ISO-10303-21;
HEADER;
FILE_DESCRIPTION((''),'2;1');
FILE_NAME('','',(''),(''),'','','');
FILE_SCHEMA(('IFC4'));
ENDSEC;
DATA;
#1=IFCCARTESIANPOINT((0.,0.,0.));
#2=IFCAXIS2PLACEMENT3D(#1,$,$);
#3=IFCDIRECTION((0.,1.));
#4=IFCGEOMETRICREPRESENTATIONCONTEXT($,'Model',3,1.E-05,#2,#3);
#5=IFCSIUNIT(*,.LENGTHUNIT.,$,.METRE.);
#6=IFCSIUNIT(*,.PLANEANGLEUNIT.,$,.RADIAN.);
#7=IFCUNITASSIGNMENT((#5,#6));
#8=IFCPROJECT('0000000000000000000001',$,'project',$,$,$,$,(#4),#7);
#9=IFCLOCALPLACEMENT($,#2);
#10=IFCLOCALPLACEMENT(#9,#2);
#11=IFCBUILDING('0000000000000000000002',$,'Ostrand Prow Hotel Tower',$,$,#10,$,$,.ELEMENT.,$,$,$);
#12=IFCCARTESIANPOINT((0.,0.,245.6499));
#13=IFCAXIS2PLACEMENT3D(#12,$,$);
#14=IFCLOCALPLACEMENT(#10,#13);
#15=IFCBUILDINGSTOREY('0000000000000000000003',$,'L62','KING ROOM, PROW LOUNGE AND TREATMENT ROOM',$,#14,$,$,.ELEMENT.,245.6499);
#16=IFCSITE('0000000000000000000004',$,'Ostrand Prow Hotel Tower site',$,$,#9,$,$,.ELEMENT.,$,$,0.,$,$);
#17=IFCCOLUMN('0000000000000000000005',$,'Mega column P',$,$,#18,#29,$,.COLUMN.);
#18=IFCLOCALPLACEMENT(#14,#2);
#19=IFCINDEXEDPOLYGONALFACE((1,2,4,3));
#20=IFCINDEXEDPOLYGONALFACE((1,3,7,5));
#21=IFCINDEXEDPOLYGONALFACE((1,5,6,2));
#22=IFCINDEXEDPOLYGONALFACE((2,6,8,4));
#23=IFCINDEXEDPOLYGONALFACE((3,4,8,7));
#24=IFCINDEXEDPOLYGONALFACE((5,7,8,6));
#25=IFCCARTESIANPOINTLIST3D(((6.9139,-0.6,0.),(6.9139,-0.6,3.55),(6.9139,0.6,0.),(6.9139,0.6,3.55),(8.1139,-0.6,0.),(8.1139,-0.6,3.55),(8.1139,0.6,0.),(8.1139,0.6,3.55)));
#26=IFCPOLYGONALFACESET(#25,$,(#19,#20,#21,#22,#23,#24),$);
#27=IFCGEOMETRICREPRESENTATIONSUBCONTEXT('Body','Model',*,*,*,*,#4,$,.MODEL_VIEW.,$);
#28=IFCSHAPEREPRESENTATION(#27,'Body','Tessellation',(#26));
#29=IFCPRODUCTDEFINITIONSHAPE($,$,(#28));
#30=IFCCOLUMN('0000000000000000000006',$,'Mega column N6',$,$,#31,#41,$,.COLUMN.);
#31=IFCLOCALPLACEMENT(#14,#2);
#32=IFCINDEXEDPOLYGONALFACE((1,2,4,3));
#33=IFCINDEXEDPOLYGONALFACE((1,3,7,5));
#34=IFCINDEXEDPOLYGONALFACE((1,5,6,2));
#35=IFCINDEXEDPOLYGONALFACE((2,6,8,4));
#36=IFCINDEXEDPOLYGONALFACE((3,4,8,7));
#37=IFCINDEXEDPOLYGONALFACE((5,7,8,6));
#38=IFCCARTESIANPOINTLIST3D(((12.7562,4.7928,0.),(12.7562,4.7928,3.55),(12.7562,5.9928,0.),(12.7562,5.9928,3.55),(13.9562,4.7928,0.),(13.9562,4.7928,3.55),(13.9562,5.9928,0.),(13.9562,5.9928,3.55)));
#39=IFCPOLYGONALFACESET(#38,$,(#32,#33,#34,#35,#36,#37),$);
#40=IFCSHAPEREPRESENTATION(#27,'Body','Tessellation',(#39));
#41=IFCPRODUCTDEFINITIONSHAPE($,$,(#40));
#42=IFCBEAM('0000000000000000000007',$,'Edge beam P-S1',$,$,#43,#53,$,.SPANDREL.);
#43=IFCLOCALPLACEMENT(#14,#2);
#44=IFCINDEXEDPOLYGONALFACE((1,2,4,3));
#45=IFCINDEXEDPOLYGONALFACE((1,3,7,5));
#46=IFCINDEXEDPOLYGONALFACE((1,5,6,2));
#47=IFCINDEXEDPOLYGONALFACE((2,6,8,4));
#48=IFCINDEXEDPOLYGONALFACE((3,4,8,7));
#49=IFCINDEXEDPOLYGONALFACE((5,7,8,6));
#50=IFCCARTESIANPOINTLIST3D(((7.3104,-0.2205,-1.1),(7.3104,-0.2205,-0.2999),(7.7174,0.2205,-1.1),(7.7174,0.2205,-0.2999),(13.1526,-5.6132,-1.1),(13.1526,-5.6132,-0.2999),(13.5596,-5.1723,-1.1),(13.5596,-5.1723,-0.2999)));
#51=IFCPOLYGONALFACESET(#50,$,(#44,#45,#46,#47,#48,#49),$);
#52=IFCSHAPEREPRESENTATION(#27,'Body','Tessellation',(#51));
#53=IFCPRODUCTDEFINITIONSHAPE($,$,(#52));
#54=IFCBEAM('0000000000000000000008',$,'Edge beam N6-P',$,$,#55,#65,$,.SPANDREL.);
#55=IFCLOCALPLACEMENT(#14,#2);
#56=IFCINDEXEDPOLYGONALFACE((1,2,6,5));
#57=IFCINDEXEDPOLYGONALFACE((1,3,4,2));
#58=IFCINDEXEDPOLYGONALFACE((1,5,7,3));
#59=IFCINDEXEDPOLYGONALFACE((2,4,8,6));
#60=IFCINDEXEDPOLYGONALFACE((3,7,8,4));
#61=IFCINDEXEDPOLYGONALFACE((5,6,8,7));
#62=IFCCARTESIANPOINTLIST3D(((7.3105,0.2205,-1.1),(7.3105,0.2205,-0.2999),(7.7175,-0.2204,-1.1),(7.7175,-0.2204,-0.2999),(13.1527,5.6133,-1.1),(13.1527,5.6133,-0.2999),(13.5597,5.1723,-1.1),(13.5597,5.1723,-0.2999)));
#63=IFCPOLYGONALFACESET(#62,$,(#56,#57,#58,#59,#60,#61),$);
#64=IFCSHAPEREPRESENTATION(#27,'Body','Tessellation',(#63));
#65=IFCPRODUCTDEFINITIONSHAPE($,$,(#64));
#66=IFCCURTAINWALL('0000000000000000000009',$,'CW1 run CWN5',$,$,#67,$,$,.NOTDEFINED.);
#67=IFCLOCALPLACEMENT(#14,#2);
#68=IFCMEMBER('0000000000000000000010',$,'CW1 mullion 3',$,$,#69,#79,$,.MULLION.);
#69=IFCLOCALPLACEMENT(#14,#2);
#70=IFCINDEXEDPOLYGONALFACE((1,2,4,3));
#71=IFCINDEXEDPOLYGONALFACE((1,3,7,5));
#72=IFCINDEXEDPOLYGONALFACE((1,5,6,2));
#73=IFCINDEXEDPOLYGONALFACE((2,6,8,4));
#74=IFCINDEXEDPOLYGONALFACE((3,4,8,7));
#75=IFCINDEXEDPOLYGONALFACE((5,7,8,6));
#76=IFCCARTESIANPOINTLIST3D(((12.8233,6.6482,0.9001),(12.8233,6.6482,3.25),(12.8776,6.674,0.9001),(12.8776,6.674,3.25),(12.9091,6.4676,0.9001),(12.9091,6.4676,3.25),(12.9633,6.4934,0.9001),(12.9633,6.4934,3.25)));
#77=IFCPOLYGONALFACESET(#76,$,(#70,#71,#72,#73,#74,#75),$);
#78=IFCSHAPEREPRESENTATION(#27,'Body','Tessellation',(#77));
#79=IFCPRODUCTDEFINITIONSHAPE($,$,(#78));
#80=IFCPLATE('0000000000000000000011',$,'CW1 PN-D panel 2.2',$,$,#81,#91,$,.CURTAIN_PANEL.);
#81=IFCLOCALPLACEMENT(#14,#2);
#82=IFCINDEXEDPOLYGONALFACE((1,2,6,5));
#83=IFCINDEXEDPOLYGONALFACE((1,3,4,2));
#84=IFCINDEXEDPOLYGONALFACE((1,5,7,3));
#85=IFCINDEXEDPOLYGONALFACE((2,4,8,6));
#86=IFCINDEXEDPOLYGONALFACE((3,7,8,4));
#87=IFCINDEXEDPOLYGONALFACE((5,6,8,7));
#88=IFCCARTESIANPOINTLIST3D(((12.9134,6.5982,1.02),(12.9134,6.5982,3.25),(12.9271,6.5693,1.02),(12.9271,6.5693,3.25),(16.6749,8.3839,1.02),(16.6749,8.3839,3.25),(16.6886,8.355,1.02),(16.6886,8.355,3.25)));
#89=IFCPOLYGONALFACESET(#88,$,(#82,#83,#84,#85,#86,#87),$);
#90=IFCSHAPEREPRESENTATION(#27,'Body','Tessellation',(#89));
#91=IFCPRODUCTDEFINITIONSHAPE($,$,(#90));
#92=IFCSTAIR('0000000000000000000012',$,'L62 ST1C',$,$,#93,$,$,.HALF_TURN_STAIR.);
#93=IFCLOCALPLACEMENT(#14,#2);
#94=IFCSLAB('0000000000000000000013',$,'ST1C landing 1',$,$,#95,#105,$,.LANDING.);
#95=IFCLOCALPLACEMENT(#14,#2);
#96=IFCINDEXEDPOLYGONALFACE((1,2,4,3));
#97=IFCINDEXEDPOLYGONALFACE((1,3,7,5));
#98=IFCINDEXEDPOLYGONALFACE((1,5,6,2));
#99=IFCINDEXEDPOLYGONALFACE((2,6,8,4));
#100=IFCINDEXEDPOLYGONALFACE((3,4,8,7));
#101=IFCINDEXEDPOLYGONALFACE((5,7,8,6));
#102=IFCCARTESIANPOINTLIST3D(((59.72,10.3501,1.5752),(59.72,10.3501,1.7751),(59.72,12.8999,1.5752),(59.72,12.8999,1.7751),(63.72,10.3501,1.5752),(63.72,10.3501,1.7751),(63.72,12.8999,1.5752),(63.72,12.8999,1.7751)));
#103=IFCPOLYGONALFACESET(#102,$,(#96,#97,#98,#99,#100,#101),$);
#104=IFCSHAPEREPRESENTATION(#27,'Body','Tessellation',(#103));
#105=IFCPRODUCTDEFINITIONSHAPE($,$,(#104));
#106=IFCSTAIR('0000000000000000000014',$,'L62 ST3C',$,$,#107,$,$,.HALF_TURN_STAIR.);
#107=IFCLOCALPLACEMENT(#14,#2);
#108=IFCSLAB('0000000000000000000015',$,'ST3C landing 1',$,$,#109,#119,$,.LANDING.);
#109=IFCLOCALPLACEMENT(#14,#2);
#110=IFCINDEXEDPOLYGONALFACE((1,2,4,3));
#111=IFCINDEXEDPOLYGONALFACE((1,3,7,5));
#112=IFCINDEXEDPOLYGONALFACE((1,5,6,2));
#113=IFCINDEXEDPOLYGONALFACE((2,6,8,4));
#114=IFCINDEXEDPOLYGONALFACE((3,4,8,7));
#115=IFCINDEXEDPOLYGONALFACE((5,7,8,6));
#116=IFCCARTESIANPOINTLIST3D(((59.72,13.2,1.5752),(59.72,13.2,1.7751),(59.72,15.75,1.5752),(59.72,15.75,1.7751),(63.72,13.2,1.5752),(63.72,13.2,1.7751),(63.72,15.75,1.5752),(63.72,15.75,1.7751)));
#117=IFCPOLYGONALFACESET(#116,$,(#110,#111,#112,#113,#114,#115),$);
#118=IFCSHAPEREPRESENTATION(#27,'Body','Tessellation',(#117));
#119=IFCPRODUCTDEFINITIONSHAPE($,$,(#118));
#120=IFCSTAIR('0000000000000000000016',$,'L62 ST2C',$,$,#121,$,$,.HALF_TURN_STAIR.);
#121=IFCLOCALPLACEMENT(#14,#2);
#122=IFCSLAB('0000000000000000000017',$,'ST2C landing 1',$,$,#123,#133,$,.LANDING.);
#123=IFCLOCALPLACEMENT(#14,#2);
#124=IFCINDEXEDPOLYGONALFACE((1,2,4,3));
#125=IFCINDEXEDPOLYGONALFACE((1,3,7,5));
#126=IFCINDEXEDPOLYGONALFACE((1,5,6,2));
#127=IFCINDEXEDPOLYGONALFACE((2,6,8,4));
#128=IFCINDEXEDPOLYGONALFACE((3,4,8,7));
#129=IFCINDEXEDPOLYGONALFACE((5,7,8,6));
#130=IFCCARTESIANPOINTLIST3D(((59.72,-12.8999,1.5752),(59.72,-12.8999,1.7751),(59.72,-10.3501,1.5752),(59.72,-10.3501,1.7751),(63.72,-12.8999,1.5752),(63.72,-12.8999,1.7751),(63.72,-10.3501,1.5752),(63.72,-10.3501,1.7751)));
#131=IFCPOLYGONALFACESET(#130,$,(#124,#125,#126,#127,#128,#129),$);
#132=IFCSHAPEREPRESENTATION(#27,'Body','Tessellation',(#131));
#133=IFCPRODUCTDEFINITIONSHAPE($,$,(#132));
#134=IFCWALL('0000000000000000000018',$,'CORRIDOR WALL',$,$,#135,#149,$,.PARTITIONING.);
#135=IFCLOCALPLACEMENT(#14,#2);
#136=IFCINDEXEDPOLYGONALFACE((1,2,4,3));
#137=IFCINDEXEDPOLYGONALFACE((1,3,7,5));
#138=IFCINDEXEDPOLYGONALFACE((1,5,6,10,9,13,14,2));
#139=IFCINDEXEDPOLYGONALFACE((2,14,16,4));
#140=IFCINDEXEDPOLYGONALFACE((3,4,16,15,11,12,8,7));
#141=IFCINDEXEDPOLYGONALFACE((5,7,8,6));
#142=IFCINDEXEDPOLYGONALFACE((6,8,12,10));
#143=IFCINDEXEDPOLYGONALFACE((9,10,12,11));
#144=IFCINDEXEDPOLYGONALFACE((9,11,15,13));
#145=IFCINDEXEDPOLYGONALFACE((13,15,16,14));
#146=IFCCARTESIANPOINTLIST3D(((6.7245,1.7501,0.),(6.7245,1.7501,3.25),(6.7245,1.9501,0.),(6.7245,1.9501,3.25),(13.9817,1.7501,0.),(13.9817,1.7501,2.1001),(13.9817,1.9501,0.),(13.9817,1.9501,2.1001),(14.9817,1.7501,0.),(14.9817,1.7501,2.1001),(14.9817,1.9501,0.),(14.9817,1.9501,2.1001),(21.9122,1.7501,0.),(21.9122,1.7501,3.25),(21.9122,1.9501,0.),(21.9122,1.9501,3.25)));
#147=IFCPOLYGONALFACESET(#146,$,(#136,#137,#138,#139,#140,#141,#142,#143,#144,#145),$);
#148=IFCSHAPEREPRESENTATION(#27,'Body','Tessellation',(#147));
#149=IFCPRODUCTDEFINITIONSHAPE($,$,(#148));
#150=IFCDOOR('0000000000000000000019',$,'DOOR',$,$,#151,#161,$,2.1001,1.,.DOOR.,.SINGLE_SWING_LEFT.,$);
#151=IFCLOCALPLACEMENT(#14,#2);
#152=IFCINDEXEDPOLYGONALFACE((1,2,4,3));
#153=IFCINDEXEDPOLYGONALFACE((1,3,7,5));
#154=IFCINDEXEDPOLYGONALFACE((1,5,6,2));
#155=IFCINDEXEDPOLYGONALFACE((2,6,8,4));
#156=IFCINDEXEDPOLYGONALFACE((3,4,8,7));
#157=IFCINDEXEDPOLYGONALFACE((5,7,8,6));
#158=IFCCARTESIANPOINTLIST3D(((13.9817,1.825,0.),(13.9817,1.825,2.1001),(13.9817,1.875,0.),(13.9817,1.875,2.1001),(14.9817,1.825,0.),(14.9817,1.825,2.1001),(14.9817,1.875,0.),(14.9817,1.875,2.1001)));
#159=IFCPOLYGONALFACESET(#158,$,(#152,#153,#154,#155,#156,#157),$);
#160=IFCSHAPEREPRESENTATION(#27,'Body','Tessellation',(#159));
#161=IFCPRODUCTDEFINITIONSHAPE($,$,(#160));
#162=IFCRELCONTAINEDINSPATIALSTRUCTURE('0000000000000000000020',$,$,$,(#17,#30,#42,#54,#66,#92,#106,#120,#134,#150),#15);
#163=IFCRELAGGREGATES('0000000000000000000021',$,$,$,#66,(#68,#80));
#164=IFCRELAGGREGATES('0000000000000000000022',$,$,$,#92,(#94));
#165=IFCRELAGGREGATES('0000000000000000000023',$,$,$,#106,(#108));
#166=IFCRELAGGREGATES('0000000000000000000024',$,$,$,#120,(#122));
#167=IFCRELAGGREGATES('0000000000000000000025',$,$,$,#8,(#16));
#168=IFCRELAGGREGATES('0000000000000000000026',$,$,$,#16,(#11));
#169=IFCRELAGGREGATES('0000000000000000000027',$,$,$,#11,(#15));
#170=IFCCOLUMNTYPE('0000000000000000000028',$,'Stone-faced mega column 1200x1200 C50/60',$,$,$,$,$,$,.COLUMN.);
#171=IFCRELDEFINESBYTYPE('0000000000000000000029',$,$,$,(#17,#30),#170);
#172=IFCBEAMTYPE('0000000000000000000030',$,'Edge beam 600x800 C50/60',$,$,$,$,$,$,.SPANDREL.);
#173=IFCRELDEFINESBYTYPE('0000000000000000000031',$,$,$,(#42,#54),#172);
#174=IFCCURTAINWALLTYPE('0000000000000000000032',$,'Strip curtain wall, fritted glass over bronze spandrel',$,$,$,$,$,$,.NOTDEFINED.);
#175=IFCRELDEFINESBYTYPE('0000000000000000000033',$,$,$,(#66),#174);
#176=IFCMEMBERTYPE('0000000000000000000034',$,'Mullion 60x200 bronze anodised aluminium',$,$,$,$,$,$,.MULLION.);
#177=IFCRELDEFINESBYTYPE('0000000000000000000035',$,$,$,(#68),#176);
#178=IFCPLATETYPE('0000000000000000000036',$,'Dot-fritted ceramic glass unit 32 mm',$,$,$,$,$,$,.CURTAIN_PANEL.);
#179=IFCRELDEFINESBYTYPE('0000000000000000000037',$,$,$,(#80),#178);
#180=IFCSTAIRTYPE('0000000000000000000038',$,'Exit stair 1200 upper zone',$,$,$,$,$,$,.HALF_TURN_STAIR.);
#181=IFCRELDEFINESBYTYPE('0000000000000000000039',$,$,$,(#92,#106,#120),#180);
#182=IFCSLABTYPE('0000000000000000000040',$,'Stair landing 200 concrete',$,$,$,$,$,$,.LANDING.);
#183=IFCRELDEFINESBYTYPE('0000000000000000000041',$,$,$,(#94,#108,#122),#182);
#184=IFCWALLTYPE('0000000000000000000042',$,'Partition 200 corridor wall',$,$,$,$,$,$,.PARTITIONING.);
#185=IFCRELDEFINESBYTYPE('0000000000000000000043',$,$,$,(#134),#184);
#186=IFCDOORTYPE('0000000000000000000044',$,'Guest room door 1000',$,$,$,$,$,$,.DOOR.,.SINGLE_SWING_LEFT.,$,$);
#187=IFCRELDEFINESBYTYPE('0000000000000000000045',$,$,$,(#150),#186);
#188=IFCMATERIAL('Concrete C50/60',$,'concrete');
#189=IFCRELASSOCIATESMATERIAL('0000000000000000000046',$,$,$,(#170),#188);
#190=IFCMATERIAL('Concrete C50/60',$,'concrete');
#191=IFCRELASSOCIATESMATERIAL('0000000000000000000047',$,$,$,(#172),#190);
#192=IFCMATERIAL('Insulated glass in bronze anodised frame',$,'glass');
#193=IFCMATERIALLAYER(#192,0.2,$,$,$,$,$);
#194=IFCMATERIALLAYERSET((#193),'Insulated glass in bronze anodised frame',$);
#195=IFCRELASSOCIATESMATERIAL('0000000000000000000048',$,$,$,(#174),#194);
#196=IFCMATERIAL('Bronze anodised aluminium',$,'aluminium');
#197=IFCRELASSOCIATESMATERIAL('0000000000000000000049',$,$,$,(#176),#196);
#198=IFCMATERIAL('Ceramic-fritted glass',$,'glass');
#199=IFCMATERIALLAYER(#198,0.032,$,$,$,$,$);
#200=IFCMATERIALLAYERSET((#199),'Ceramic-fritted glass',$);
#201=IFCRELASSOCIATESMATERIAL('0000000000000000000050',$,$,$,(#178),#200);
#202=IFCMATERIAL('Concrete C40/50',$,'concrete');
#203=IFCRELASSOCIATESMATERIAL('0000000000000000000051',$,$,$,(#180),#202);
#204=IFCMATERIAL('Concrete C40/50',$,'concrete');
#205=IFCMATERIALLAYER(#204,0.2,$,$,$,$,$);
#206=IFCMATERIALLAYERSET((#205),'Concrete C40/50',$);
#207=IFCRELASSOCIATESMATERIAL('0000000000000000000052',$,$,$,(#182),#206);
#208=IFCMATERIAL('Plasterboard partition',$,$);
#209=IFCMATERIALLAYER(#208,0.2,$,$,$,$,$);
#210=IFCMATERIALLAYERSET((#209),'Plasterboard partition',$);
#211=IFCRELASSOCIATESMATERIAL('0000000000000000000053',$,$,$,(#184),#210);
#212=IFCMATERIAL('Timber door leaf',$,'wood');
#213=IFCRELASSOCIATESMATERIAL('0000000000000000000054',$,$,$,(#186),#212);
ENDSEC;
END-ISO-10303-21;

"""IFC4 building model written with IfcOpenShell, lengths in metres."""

from ifc_helpers import new_model, si_unit, direction, frame, frame_2d, origin, origin_2d, place, context, subcontext, project, spatial, polyline, rectangle, outline, extrude, material, layer, layer_set, material_profile, profile_set, type_object, element, fill, aggregate, save


model = new_model("IFC4")

# Units and contexts
model_context = context("Model", 3, precision=1e-05, world=origin(), true_north=direction((0.0, 1.0)))
body_context = subcontext(model_context, "Body", "Model", "MODEL_VIEW")
ifc_project = project(units=[si_unit("LENGTHUNIT", "METRE"), si_unit("PLANEANGLEUNIT", "RADIAN")], contexts=[model_context])

# Site, building, storey
site_placement = place(None, origin())
site = spatial("IfcSite", under=ifc_project, at=site_placement, Name="Ostrand Prow Hotel Tower site", CompositionType="ELEMENT", RefElevation=0.0)
building_placement = place(site_placement, origin())
building = spatial("IfcBuilding", under=site, at=building_placement, Name="Ostrand Prow Hotel Tower", CompositionType="ELEMENT")
storey_placement = place(building_placement, frame((0.0, 0.0, 245.6499)))
storey = spatial("IfcBuildingStorey", under=building, at=storey_placement, Name="L62", Description="KING ROOM, PROW LOUNGE AND TREATMENT ROOM", CompositionType="ELEMENT", Elevation=245.6499)

# Columns
ifc_material_1 = material(Name="Concrete C50/60", Category="concrete")
ifc_material_profile_1 = material_profile(ifc_material_1, rectangle(XDim=1.2, YDim=1.2, at=origin_2d()), Name="RC 1200x1200")
ifc_profile_set_1 = profile_set([ifc_material_profile_1], Name="Concrete C50/60")
column_type = type_object("IfcColumnType", Name="Stone-faced mega column 1200x1200 C50/60", PredefinedType="COLUMN", material=ifc_profile_set_1)
for number, where, z_axis, x_axis, name in (
    (1, (7.5139, 0.0, 0.0), (0.0, 0.0, 1.0), (1.0, 0.0, 0.0), "Mega column P"),
    (2, (13.3562, 5.3928, 0.0), (0.0, 0.0, 1.0), (1.0, 0.0, 0.0), "Mega column N6"),
):
    element("IfcColumn", number, at=place(storey_placement, frame(where, z_axis=z_axis, x_axis=x_axis)), inside=storey, type_object=column_type, Name=name, PredefinedType="COLUMN", context=body_context, shape_type="SweptSolid", body=[
        extrude(rectangle(XDim=1.2, YDim=1.2, at=origin_2d()), origin(), (0.0, 0.0, 1.0), 3.55),
    ])

# Beams
ifc_material_2 = material(Name="Concrete C50/60", Category="concrete")
ifc_material_profile_2 = material_profile(ifc_material_2, rectangle(XDim=0.6001, YDim=0.8, at=origin_2d()), Name="RC 600x800")
ifc_profile_set_2 = profile_set([ifc_material_profile_2], Name="Concrete C50/60")
beam_type = type_object("IfcBeamType", Name="Edge beam 600x800 C50/60", PredefinedType="SPANDREL", material=ifc_profile_set_2)
for number, where, z_axis, x_axis, name in (
    (3, (7.5139, 0.0, -0.7), (0.734807, -0.678276, 0.0), (0.678276, 0.734807, 0.0), "Edge beam P-S1"),
    (4, (13.3562, 5.3928, -0.7), (-0.734807, -0.678276, 0.0), (0.678276, -0.734807, 0.0), "Edge beam N6-P"),
):
    element("IfcBeam", number, at=place(storey_placement, frame(where, z_axis=z_axis, x_axis=x_axis)), inside=storey, type_object=beam_type, Name=name, PredefinedType="SPANDREL", context=body_context, shape_type="SweptSolid", body=[
        extrude(rectangle(XDim=0.6001, YDim=0.8, at=origin_2d()), origin(), (0.0, 0.0, 1.0), 7.9507),
    ])

# Curtain wall, member, plate
ifc_material_3 = material(Name="Insulated glass in bronze anodised frame", Category="glass")
ifc_layer_1 = layer(ifc_material_3, 0.2)
ifc_layer_set_1 = layer_set([ifc_layer_1], Name="Insulated glass in bronze anodised frame")
curtain_wall_type = type_object("IfcCurtainWallType", Name="Strip curtain wall, fritted glass over bronze spandrel", PredefinedType="NOTDEFINED", material=ifc_layer_set_1)
curtain_wall_placement = place(storey_placement, origin())
curtain_wall = element("IfcCurtainWall", 5, at=curtain_wall_placement, inside=storey, type_object=curtain_wall_type, Name="CW1 run CWN5", PredefinedType="NOTDEFINED")
ifc_material_4 = material(Name="Bronze anodised aluminium", Category="aluminium")
ifc_material_profile_3 = material_profile(ifc_material_4, rectangle(XDim=0.2, YDim=0.0601, at=origin_2d()), Name="Mullion 60x200 bronze anodised aluminium")
ifc_profile_set_3 = profile_set([ifc_material_profile_3], Name="Bronze anodised aluminium")
member_type = type_object("IfcMemberType", Name="Mullion 60x200 bronze anodised aluminium", PredefinedType="MULLION", material=ifc_profile_set_3)
member_placement = place(storey_placement, frame((12.8933, 6.5708, 0.9001), z_axis=(0.0, 0.0, 1.0), x_axis=(0.428861, -0.90337, 0.0)))
member = element("IfcMember", 6, at=member_placement, type_object=member_type, Name="CW1 mullion 3", PredefinedType="MULLION", context=body_context, shape_type="SweptSolid", body=[
    extrude(rectangle(XDim=0.2, YDim=0.0601, at=origin_2d()), origin(), (0.0, 0.0, 1.0), 2.3499),
])
ifc_material_5 = material(Name="Ceramic-fritted glass", Category="glass")
ifc_layer_2 = layer(ifc_material_5, 0.032)
ifc_layer_set_2 = layer_set([ifc_layer_2], Name="Ceramic-fritted glass")
plate_type = type_object("IfcPlateType", Name="Dot-fritted ceramic glass unit 32 mm", PredefinedType="CURTAIN_PANEL", material=ifc_layer_set_2)
plate_placement = place(storey_placement, frame((14.801, 7.4766, 1.02), z_axis=(0.0, 0.0, 1.0), x_axis=(-0.90337, -0.428861, 0.0)))
plate = element("IfcPlate", 7, at=plate_placement, type_object=plate_type, Name="CW1 PN-D panel 2.2", PredefinedType="CURTAIN_PANEL", context=body_context, shape_type="SweptSolid", body=[
    extrude(rectangle(XDim=4.1638, YDim=0.032, at=origin_2d()), origin(), (0.0, 0.0, 1.0), 2.23),
])
aggregate(curtain_wall, [member, plate])

# Stairs, slabs
ifc_material_6 = material(Name="Concrete C40/50", Category="concrete")
stair_type = type_object("IfcStairType", Name="Exit stair 1200 upper zone", PredefinedType="HALF_TURN_STAIR", material=ifc_material_6)
stair_1_placement = place(storey_placement, origin())
stair_1 = element("IfcStair", 8, at=stair_1_placement, inside=storey, type_object=stair_type, Name="L62 ST1C", PredefinedType="HALF_TURN_STAIR")
ifc_material_7 = material(Name="Concrete C40/50", Category="concrete")
ifc_layer_3 = layer(ifc_material_7, 0.2)
ifc_layer_set_3 = layer_set([ifc_layer_3], Name="Concrete C40/50")
slab_type = type_object("IfcSlabType", Name="Stair landing 200 concrete", PredefinedType="LANDING", material=ifc_layer_set_3)
slab_1_placement = place(storey_placement, frame((0.0, 0.0, 1.5752)))
slab_1 = element("IfcSlab", 9, at=slab_1_placement, type_object=slab_type, Name="ST1C landing 1", PredefinedType="LANDING", context=body_context, shape_type="SweptSolid", body=[
    extrude(outline(polyline([(59.72, 10.3501), (63.72, 10.3501), (63.72, 12.8999), (59.72, 12.8999), (59.72, 10.3501)])), origin(), (0.0, 0.0, 1.0), 0.2),
])
aggregate(stair_1, [slab_1])
stair_2_placement = place(storey_placement, origin())
stair_2 = element("IfcStair", 10, at=stair_2_placement, inside=storey, type_object=stair_type, Name="L62 ST3C", PredefinedType="HALF_TURN_STAIR")
slab_2_placement = place(storey_placement, frame((0.0, 0.0, 1.5752)))
slab_2 = element("IfcSlab", 11, at=slab_2_placement, type_object=slab_type, Name="ST3C landing 1", PredefinedType="LANDING", context=body_context, shape_type="SweptSolid", body=[
    extrude(outline(polyline([(59.72, 13.2), (63.72, 13.2), (63.72, 15.75), (59.72, 15.75), (59.72, 13.2)])), origin(), (0.0, 0.0, 1.0), 0.2),
])
aggregate(stair_2, [slab_2])
stair_3_placement = place(storey_placement, origin())
stair_3 = element("IfcStair", 12, at=stair_3_placement, inside=storey, type_object=stair_type, Name="L62 ST2C", PredefinedType="HALF_TURN_STAIR")
slab_3_placement = place(storey_placement, frame((0.0, 0.0, 1.5752)))
slab_3 = element("IfcSlab", 13, at=slab_3_placement, type_object=slab_type, Name="ST2C landing 1", PredefinedType="LANDING", context=body_context, shape_type="SweptSolid", body=[
    extrude(outline(polyline([(59.72, -12.8999), (63.72, -12.8999), (63.72, -10.3501), (59.72, -10.3501), (59.72, -12.8999)])), origin(), (0.0, 0.0, 1.0), 0.2),
])
aggregate(stair_3, [slab_3])

# Wall, opening, door
ifc_material_8 = material(Name="Plasterboard partition")
ifc_layer_4 = layer(ifc_material_8, 0.2)
ifc_layer_set_4 = layer_set([ifc_layer_4], Name="Plasterboard partition")
wall_type_1 = type_object("IfcWallType", Name="Partition 200 corridor wall", PredefinedType="PARTITIONING", material=ifc_layer_set_4)
wall_1_placement = place(storey_placement, frame((6.7246, 1.8501, 0.0), z_axis=(0.0, 0.0, 1.0), x_axis=(1.0, 0.0, 0.0)))
wall_1 = element("IfcWall", 14, at=wall_1_placement, inside=storey, type_object=wall_type_1, Name="CORRIDOR WALL", PredefinedType="PARTITIONING", context=body_context, shape_type="SweptSolid", body=[
    extrude(rectangle(XDim=15.1877, YDim=0.2, at=frame_2d((7.5938, 0.0))), origin(), (0.0, 0.0, 1.0), 3.25),
])
opening_1_placement = place(wall_1_placement, frame((7.2571, 0.0, 0.0)))
opening_1 = element("IfcOpeningElement", 15, at=opening_1_placement, cuts=wall_1, PredefinedType="OPENING", context=body_context, shape_type="SweptSolid", body=[
    extrude(rectangle(XDim=1.0, YDim=2.1001, at=frame_2d((0.5, 1.05))), frame((0.0, 0.1099, 0.0), z_axis=(0.0, -1.0, 0.0), x_axis=(1.0, 0.0, 0.0)), (0.0, 0.0, 1.0), 0.22),
])
ifc_material_9 = material(Name="Timber door leaf", Category="wood")
door_type = type_object("IfcDoorType", Name="Guest room door 1000", OperationType="SINGLE_SWING_LEFT", PredefinedType="DOOR", material=ifc_material_9)
door_placement = place(opening_1_placement, origin())
door = element("IfcDoor", 16, at=door_placement, inside=storey, type_object=door_type, Name="DOOR", OperationType="SINGLE_SWING_LEFT", OverallHeight=2.1001, OverallWidth=1.0, PredefinedType="DOOR", context=body_context, shape_type="SweptSolid", body=[
    extrude(rectangle(XDim=1.0, YDim=2.1001, at=frame_2d((0.5, 1.05))), frame((0.0, 0.0249, 0.0), z_axis=(0.0, -1.0, 0.0), x_axis=(1.0, 0.0, 0.0)), (0.0, 0.0, 1.0), 0.05),
])
fill(opening_1, door)

save(model, "model.ifc")
